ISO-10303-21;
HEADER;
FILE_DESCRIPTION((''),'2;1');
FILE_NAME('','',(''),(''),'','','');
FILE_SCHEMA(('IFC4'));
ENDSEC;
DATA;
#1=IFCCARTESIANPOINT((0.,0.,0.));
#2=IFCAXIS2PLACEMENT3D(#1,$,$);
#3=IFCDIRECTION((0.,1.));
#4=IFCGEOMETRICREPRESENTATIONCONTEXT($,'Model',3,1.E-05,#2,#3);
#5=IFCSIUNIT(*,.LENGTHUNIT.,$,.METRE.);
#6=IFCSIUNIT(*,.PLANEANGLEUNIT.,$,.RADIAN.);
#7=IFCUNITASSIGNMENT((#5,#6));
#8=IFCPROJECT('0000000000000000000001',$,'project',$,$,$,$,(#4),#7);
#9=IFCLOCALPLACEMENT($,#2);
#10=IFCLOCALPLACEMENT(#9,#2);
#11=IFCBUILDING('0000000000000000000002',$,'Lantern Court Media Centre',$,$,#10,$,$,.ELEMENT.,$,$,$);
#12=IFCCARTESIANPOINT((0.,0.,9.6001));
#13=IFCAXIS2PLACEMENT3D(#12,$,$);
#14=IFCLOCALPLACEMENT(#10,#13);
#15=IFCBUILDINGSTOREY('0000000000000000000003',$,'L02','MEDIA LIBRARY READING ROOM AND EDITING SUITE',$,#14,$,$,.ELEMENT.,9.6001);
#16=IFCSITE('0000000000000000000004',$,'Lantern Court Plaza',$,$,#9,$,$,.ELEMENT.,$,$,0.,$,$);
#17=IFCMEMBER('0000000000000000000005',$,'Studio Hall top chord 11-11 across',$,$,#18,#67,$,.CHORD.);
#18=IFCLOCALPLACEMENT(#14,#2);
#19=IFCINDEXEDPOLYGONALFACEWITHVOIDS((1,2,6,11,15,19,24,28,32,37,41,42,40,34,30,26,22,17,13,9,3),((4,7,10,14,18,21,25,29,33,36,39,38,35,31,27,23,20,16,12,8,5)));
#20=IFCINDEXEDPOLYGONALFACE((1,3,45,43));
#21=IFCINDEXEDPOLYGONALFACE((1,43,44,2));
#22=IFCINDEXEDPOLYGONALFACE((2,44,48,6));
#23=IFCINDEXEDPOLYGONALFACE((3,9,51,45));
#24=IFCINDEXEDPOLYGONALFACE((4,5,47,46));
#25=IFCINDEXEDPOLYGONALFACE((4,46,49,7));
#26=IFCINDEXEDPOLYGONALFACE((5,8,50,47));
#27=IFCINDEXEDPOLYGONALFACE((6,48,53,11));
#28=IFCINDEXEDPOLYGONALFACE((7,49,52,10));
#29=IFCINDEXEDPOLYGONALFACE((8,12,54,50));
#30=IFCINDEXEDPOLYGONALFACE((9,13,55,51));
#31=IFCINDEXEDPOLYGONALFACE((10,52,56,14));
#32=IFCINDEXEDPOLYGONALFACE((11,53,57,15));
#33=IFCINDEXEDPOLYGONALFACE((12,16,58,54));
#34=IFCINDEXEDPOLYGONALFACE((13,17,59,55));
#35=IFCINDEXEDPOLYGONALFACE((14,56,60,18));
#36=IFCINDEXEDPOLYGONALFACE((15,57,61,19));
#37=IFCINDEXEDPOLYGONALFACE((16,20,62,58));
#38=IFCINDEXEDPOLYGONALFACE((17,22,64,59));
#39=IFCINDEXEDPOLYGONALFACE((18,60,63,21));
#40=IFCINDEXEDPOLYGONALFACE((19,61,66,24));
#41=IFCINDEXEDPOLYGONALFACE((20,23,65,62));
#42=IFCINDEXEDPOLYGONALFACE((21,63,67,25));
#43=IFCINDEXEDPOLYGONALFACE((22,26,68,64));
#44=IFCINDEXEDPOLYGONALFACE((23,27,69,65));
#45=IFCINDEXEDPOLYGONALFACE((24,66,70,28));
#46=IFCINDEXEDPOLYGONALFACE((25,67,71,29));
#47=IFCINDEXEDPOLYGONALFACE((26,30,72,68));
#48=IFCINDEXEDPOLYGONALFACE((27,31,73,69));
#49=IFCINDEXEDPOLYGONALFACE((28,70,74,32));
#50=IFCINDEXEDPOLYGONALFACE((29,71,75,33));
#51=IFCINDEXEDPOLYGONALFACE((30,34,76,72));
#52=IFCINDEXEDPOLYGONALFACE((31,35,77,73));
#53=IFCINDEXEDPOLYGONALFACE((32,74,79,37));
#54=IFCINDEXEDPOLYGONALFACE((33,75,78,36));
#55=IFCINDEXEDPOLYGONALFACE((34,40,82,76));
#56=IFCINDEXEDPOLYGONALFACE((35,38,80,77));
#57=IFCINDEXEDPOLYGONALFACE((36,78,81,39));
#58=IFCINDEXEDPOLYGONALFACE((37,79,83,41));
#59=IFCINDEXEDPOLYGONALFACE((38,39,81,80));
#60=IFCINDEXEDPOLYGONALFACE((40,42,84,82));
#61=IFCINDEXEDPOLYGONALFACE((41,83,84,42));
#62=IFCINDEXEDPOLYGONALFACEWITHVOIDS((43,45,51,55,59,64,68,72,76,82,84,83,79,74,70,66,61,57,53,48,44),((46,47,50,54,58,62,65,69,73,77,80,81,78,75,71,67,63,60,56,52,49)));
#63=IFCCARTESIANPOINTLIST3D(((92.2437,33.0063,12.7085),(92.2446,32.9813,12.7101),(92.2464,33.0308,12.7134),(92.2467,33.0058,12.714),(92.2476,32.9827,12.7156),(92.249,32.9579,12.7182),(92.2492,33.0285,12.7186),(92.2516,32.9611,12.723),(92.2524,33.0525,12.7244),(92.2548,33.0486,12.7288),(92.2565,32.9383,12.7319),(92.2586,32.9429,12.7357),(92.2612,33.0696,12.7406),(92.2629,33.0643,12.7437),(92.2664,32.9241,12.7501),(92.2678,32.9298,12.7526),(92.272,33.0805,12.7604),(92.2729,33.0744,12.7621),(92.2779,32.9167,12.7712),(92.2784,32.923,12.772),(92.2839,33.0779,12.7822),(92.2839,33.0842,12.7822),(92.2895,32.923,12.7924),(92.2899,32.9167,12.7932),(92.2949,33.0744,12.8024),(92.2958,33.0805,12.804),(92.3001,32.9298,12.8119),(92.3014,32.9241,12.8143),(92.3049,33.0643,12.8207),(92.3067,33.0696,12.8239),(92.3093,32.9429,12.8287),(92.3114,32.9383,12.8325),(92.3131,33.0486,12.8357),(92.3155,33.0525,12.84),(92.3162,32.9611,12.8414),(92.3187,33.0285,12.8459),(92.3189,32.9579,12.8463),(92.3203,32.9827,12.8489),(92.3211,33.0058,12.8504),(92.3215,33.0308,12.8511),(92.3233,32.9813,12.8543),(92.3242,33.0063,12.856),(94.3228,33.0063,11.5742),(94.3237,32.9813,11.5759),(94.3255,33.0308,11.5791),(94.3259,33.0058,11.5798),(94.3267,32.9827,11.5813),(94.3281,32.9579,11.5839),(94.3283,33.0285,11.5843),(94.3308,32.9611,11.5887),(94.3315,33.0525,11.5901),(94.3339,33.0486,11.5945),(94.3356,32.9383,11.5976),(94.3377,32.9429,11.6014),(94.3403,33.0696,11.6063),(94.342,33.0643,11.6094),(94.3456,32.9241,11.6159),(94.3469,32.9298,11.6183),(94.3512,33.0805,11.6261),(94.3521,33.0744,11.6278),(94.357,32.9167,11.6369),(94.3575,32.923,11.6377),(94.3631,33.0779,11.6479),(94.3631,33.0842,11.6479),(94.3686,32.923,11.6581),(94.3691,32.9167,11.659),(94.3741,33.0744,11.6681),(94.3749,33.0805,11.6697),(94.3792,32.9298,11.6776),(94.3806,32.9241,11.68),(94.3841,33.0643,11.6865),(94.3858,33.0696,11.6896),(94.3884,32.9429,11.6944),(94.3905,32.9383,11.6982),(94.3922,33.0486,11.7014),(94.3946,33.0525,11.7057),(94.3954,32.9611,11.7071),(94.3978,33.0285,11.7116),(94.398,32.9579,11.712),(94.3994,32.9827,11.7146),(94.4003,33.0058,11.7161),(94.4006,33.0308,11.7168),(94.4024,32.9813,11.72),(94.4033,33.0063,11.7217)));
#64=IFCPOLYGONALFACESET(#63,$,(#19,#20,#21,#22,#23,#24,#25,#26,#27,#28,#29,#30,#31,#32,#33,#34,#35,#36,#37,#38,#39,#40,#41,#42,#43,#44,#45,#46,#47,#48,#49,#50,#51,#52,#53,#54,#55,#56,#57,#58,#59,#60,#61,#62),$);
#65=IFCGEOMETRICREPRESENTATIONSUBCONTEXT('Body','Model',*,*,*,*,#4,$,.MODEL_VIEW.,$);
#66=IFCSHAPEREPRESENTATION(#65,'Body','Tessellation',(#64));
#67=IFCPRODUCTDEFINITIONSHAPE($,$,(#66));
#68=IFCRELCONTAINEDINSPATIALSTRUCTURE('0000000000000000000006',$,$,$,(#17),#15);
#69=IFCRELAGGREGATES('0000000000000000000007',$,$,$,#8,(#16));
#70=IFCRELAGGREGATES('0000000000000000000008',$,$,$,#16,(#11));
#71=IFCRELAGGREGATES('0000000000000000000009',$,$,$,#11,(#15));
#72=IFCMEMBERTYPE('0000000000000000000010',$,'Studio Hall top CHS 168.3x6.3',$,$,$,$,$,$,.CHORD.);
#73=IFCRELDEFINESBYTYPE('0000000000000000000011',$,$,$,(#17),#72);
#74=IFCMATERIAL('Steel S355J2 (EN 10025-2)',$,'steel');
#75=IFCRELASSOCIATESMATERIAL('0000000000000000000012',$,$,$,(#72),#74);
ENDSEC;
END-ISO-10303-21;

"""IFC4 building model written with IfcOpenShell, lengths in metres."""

from ifc_helpers import new_model, si_unit, direction, frame, origin, origin_2d, place, context, subcontext, project, spatial, hollow_circle, extrude, material, material_profile, profile_set, type_object, element, save


model = new_model("IFC4")

# Units and contexts
model_context = context("Model", 3, precision=1e-05, world=origin(), true_north=direction((0.0, 1.0)))
body_context = subcontext(model_context, "Body", "Model", "MODEL_VIEW")
ifc_project = project(units=[si_unit("LENGTHUNIT", "METRE"), si_unit("PLANEANGLEUNIT", "RADIAN")], contexts=[model_context])

# Site, building, storey
site_placement = place(None, origin())
site = spatial("IfcSite", under=ifc_project, at=site_placement, Name="Lantern Court Plaza", CompositionType="ELEMENT", RefElevation=0.0)
building_placement = place(site_placement, origin())
building = spatial("IfcBuilding", under=site, at=building_placement, Name="Lantern Court Media Centre", CompositionType="ELEMENT")
storey_placement = place(building_placement, frame((0.0, 0.0, 9.6001)))
storey = spatial("IfcBuildingStorey", under=building, at=storey_placement, Name="L02", Description="MEDIA LIBRARY READING ROOM AND EDITING SUITE", CompositionType="ELEMENT", Elevation=9.6001)

# Member
ifc_material = material(Name="Steel S355J2 (EN 10025-2)", Category="steel")
ifc_material_profile_1 = material_profile(ifc_material, hollow_circle(Radius=0.0842, WallThickness=0.0063, at=origin_2d()), Name="Studio Hall top CHS 168.3x6.3")
ifc_profile_set_1 = profile_set([ifc_material_profile_1], Name="Steel S355J2 (EN 10025-2)")
member_type_1 = type_object("IfcMemberType", Name="Studio Hall top CHS 168.3x6.3", PredefinedType="CHORD", material=ifc_profile_set_1)
for number, where, z_axis, x_axis, name in (
    (1, (92.2839, 33.0, 12.7822), (0.877856, 0.0, -0.478924), (0.0, 1.0, 0.0), "Studio Hall top chord 11-11 across"),
):
    element("IfcMember", number, at=place(storey_placement, frame(where, z_axis=z_axis, x_axis=x_axis)), inside=storey, type_object=member_type_1, Name=name, PredefinedType="CHORD", context=body_context, shape_type="SweptSolid", body=[
        extrude(hollow_circle(Radius=0.0842, WallThickness=0.0063, at=origin_2d()), origin(), (0.0, 0.0, 1.0), 2.3684),
    ])

save(model, "model.ifc")
